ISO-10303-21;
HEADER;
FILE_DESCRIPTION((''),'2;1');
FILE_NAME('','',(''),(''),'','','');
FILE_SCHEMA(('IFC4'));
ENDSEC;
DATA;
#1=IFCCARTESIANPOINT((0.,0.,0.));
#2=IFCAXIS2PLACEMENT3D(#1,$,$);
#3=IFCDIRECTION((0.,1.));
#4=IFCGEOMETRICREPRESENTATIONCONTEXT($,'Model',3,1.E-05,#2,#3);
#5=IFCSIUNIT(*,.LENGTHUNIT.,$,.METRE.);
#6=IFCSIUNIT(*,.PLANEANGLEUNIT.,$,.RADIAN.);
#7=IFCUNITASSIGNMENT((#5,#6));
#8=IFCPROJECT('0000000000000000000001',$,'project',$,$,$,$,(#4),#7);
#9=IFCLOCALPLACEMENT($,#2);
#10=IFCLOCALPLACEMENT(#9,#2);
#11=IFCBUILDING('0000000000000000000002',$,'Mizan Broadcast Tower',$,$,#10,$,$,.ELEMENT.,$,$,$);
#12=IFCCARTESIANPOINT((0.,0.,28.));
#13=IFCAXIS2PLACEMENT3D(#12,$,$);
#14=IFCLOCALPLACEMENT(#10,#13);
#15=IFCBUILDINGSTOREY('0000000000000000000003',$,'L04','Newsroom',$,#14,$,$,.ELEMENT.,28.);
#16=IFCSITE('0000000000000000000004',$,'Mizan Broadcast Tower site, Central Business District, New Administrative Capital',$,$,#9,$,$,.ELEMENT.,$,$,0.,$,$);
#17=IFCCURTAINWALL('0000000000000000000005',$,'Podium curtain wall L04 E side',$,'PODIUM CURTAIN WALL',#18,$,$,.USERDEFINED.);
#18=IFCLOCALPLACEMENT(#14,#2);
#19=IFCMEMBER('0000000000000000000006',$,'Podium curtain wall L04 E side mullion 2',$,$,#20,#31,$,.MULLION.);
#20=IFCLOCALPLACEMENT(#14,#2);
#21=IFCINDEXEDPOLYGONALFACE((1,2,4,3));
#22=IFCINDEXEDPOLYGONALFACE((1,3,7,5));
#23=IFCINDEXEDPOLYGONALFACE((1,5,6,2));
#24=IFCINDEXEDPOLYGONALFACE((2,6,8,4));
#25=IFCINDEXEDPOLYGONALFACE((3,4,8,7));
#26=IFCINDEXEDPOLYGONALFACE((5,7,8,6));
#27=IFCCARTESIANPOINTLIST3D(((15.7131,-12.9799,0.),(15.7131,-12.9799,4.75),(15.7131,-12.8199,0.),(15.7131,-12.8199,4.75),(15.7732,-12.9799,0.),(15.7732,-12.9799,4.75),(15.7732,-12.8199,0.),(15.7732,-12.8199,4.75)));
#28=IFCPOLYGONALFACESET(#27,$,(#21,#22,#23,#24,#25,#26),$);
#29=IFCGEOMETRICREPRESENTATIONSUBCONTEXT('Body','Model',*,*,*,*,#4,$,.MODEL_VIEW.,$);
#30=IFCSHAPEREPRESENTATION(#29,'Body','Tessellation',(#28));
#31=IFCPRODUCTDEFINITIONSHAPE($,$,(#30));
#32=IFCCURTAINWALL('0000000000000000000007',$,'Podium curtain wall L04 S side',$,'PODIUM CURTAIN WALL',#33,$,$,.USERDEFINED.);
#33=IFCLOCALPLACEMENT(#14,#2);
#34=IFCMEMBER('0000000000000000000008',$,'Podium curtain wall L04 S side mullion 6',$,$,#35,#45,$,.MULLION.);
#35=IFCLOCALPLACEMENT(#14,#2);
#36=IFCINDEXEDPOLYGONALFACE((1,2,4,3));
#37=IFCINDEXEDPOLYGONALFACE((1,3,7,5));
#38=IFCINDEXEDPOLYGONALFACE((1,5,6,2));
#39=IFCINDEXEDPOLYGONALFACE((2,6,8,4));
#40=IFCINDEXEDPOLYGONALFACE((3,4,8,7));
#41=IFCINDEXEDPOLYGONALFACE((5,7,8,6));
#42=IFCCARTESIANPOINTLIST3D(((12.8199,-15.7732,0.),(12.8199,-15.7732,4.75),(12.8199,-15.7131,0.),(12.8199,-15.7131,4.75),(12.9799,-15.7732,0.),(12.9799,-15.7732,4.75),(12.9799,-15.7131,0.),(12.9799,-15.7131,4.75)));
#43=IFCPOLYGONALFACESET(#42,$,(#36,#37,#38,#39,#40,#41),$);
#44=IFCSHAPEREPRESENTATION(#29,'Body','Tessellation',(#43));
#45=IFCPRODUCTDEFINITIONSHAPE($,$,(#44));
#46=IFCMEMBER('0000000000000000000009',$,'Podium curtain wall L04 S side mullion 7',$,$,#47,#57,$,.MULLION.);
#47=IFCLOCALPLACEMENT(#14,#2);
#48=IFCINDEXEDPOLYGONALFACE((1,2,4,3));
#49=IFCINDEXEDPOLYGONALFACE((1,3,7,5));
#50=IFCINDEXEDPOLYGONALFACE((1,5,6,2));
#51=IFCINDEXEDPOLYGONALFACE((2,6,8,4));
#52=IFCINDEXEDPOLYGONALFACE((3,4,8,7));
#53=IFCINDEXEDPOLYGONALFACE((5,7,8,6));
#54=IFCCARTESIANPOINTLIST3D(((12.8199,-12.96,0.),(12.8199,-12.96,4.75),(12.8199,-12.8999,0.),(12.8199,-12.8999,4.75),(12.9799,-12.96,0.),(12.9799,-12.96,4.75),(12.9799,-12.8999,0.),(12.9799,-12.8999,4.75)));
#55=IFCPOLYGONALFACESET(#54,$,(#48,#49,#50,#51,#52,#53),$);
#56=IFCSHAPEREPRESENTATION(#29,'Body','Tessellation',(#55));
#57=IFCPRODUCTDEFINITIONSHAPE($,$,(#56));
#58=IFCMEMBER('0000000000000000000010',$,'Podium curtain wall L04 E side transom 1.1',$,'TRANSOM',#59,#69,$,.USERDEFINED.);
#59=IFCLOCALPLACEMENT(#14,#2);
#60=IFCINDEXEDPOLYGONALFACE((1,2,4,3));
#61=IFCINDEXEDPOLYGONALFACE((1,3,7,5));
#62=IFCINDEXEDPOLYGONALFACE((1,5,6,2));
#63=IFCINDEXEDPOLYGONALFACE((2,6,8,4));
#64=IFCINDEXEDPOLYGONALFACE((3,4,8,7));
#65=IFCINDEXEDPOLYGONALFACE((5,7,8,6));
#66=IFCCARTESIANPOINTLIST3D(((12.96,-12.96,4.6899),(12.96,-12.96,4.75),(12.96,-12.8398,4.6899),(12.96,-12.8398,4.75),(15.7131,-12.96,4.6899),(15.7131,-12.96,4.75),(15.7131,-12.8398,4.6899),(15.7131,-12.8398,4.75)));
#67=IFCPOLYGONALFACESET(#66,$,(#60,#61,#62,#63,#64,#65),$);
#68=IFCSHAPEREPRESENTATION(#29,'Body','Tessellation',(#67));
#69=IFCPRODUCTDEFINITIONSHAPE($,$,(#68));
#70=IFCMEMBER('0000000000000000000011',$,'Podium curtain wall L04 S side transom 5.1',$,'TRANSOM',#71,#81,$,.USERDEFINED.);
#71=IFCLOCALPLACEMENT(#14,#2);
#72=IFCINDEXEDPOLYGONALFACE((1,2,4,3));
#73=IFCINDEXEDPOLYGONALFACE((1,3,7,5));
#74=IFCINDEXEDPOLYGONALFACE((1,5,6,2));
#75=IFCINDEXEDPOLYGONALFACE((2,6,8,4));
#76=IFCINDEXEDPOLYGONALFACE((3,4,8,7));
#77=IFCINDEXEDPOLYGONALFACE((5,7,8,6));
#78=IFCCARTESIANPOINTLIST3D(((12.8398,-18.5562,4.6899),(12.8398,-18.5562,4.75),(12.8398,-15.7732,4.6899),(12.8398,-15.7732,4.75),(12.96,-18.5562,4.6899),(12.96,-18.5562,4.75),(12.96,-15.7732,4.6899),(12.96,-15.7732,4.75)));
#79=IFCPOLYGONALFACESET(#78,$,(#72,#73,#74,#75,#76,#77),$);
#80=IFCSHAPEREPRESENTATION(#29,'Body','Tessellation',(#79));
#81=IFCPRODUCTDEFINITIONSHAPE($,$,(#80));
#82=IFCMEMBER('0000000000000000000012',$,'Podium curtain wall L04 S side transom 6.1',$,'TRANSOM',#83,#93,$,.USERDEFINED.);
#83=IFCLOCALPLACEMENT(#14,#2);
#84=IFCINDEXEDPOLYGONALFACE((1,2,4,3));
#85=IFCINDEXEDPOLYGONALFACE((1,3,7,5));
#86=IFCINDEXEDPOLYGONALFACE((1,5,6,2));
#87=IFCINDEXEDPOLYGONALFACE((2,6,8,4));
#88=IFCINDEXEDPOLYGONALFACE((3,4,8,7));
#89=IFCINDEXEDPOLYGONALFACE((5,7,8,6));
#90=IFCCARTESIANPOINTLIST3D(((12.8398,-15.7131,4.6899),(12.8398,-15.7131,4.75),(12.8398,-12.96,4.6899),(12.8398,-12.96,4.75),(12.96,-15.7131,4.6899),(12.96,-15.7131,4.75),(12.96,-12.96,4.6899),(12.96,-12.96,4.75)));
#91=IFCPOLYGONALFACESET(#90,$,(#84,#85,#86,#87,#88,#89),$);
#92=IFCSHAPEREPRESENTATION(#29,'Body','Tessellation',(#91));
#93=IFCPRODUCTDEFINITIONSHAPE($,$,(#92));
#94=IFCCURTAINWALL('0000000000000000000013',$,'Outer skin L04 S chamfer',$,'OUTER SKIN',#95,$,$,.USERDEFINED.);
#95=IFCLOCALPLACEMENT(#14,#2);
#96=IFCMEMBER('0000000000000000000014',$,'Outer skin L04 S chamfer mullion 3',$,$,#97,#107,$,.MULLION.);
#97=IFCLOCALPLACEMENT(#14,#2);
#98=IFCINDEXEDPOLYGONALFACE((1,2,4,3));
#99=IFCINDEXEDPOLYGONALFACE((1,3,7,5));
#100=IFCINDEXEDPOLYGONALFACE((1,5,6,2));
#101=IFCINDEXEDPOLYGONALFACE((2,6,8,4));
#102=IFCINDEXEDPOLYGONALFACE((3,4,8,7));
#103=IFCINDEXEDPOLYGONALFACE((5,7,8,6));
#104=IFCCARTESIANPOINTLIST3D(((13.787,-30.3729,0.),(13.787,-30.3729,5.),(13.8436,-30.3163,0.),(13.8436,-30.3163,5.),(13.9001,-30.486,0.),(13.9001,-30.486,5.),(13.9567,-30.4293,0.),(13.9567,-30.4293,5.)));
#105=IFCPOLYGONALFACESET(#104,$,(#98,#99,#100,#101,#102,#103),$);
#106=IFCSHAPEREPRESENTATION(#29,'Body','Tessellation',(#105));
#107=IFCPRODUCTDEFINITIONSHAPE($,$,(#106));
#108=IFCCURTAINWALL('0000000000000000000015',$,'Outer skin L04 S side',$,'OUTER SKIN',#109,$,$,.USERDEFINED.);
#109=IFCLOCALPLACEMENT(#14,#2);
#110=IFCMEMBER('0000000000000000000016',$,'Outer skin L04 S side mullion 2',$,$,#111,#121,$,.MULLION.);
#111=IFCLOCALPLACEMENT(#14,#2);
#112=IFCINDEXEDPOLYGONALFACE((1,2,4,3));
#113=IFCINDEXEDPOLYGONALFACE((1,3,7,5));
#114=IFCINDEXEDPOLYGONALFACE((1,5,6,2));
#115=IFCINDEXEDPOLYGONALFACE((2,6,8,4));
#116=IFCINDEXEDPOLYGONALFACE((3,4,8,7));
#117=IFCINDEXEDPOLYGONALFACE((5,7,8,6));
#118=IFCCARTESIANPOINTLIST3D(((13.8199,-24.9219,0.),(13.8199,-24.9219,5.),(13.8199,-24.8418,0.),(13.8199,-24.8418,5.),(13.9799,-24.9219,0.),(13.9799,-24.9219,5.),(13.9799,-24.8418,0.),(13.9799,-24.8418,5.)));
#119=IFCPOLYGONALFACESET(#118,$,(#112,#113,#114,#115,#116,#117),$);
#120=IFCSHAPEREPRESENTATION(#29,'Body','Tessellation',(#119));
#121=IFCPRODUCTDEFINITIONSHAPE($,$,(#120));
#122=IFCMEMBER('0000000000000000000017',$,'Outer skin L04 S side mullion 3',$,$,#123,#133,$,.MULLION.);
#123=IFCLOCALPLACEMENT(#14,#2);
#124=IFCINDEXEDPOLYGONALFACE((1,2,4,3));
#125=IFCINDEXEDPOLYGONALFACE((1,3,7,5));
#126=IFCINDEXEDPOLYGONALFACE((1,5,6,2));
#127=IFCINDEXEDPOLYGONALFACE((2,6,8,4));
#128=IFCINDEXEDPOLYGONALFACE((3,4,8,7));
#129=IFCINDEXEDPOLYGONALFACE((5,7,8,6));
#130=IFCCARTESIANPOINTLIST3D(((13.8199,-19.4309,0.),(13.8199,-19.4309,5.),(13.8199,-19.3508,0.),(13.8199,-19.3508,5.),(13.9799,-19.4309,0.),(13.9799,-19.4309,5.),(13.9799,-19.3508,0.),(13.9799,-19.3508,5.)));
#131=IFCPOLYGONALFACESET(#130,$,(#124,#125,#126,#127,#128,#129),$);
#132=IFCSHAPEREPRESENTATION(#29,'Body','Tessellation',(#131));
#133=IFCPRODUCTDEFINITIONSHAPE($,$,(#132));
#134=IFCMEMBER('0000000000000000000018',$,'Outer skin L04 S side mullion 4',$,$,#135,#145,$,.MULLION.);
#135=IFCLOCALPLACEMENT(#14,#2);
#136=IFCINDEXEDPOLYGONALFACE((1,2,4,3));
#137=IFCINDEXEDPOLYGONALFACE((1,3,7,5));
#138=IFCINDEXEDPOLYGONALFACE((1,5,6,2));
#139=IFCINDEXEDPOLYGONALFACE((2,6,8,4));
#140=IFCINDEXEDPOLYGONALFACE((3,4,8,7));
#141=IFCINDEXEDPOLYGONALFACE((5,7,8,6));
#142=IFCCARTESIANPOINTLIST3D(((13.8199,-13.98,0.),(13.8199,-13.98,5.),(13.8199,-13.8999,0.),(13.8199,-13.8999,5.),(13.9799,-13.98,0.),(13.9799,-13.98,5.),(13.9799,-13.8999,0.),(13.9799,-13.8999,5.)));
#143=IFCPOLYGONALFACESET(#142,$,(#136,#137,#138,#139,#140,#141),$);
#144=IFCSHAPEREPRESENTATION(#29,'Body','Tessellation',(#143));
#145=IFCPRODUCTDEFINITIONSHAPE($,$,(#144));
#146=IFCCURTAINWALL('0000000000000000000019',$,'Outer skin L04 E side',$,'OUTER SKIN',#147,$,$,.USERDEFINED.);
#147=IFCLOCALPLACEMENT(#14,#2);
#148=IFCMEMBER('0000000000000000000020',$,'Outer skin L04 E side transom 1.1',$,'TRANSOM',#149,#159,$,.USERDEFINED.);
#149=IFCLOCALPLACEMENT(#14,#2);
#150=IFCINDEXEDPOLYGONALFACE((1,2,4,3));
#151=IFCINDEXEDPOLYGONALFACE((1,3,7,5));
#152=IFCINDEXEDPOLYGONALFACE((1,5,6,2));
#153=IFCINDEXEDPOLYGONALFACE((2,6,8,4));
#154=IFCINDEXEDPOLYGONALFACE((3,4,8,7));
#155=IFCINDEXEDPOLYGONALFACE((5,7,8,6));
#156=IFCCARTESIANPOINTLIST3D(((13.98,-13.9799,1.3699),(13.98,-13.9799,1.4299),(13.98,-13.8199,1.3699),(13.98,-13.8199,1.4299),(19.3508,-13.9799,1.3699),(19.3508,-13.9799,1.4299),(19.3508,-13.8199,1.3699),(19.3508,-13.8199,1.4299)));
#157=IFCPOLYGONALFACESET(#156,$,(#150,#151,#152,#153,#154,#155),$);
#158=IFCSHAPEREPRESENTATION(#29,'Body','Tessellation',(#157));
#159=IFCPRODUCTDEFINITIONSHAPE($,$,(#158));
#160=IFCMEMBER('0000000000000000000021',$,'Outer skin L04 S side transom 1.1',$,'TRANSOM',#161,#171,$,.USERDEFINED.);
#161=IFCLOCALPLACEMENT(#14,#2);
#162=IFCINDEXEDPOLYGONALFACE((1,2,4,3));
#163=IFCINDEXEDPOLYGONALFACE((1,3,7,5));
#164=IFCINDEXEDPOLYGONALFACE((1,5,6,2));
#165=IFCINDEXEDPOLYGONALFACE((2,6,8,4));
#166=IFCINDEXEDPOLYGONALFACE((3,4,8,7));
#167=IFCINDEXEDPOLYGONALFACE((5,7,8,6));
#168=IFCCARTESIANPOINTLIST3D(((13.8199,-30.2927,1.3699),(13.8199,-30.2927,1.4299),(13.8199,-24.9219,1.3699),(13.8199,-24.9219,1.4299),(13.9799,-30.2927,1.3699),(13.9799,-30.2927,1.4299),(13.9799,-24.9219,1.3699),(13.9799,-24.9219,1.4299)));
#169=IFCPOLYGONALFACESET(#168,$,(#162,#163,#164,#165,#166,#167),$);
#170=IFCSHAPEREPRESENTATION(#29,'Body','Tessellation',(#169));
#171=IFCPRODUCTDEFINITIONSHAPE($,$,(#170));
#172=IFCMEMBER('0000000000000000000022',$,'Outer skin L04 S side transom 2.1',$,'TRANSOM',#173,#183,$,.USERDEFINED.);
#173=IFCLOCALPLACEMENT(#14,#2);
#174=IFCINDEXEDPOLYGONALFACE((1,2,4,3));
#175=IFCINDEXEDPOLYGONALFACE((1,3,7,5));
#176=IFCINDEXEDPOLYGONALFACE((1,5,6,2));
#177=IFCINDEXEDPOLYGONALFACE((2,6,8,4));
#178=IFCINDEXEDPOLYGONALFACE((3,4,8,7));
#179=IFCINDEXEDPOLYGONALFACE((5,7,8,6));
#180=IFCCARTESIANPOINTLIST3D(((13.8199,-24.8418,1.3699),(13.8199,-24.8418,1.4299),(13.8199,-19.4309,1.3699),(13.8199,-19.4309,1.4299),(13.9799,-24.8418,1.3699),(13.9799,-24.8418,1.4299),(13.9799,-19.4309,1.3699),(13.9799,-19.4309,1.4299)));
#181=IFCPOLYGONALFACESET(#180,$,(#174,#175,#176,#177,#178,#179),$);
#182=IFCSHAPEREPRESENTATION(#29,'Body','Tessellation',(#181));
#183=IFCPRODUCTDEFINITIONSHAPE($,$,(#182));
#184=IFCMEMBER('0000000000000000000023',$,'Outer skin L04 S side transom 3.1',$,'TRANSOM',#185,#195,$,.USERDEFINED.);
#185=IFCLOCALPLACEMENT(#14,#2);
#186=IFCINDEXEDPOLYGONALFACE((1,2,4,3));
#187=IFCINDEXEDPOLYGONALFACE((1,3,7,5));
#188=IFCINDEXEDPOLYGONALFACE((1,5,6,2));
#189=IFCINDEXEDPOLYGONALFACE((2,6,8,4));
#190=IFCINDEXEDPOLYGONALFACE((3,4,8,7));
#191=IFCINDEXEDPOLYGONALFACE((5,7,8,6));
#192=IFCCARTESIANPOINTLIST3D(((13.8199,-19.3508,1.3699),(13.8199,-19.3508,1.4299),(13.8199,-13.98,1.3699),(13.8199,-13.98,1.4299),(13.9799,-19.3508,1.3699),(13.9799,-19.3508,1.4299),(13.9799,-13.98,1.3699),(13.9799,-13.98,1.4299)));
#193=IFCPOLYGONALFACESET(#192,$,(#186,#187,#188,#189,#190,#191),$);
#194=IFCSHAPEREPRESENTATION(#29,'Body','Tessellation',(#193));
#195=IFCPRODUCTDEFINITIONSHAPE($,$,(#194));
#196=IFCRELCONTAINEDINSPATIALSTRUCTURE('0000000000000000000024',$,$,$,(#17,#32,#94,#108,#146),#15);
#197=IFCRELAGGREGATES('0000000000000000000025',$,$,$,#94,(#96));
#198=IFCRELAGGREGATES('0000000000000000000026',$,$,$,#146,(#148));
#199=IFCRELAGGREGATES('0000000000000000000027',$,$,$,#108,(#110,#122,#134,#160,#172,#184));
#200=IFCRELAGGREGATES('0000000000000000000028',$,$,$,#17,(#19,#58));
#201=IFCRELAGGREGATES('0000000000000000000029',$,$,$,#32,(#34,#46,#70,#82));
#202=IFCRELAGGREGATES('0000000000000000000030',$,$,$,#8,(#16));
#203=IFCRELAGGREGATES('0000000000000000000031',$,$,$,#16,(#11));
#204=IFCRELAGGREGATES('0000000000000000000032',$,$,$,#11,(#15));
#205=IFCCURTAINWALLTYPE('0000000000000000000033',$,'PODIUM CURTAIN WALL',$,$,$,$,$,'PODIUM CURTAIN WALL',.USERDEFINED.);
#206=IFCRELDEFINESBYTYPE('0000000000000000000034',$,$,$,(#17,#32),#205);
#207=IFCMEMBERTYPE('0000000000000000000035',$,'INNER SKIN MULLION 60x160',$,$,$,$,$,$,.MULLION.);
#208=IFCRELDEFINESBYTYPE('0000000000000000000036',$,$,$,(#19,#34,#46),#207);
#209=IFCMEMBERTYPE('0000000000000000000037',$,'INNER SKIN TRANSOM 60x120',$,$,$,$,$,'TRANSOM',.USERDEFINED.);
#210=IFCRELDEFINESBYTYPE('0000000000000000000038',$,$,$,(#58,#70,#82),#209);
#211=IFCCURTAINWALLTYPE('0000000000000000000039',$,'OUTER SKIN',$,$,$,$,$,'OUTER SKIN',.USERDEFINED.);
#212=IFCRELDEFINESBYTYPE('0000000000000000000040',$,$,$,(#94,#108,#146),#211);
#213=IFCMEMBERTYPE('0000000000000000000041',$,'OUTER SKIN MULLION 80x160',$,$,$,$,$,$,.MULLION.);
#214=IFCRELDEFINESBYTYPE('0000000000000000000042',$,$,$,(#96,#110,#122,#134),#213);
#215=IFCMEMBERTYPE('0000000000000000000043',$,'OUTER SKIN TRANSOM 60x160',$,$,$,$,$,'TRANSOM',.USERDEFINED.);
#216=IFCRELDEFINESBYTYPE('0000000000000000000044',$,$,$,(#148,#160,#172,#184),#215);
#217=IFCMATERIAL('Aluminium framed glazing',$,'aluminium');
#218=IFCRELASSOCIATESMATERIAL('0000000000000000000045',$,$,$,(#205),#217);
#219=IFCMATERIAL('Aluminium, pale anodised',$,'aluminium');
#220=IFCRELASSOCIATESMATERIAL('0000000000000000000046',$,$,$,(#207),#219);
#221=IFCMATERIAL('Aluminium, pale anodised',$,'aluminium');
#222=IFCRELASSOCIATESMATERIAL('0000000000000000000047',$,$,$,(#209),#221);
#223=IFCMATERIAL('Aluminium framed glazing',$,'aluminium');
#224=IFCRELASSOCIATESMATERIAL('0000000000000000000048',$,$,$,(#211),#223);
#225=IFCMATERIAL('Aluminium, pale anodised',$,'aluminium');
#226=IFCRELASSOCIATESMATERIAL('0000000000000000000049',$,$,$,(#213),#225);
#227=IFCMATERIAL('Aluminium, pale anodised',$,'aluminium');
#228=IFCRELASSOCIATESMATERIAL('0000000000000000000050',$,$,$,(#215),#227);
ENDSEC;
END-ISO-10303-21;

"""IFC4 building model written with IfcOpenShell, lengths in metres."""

from ifc_helpers import new_model, si_unit, direction, frame, origin, origin_2d, place, context, subcontext, project, spatial, rectangle, extrude, material, material_profile, profile_set, type_object, element, aggregate, save


model = new_model("IFC4")

# Units and contexts
model_context = context("Model", 3, precision=1e-05, world=origin(), true_north=direction((0.0, 1.0)))
body_context = subcontext(model_context, "Body", "Model", "MODEL_VIEW")
ifc_project = project(units=[si_unit("LENGTHUNIT", "METRE"), si_unit("PLANEANGLEUNIT", "RADIAN")], contexts=[model_context])

# Site, building, storey
site_placement = place(None, origin())
site = spatial("IfcSite", under=ifc_project, at=site_placement, Name="Mizan Broadcast Tower site, Central Business District, New Administrative Capital", CompositionType="ELEMENT", RefElevation=0.0)
building_placement = place(site_placement, origin())
building = spatial("IfcBuilding", under=site, at=building_placement, Name="Mizan Broadcast Tower", CompositionType="ELEMENT")
storey_placement = place(building_placement, frame((0.0, 0.0, 28.0)))
storey = spatial("IfcBuildingStorey", under=building, at=storey_placement, Name="L04", Description="Newsroom", CompositionType="ELEMENT", Elevation=28.0)

# Curtain wall, member
ifc_material_1 = material(Name="Aluminium framed glazing", Category="aluminium")
curtain_wall_type_1 = type_object("IfcCurtainWallType", Name="PODIUM CURTAIN WALL", ElementType="PODIUM CURTAIN WALL", PredefinedType="USERDEFINED", material=ifc_material_1)
curtain_wall_1_placement = place(storey_placement, origin())
curtain_wall_1 = element("IfcCurtainWall", 1, at=curtain_wall_1_placement, inside=storey, type_object=curtain_wall_type_1, Name="Podium curtain wall L04 E side", ObjectType="PODIUM CURTAIN WALL", PredefinedType="USERDEFINED")
ifc_material_2 = material(Name="Aluminium, pale anodised", Category="aluminium")
ifc_material_profile_1 = material_profile(ifc_material_2, rectangle(XDim=0.1599, YDim=0.0601, at=origin_2d()), Name="MULLION 160x60")
ifc_profile_set_1 = profile_set([ifc_material_profile_1], Name="Aluminium, pale anodised")
member_type_1 = type_object("IfcMemberType", Name="INNER SKIN MULLION 60x160", PredefinedType="MULLION", material=ifc_profile_set_1)
member_1_placement = place(storey_placement, frame((15.7432, -12.8999, 0.0), z_axis=(0.0, 0.0, 1.0), x_axis=(0.0, 1.0, 0.0)))
member_1 = element("IfcMember", 2, at=member_1_placement, type_object=member_type_1, Name="Podium curtain wall L04 E side mullion 2", PredefinedType="MULLION", context=body_context, shape_type="SweptSolid", body=[
    extrude(rectangle(XDim=0.1599, YDim=0.0601, at=origin_2d()), origin(), (0.0, 0.0, 1.0), 4.75),
])

# Curtain wall, members
curtain_wall_2_placement = place(storey_placement, origin())
curtain_wall_2 = element("IfcCurtainWall", 3, at=curtain_wall_2_placement, inside=storey, type_object=curtain_wall_type_1, Name="Podium curtain wall L04 S side", ObjectType="PODIUM CURTAIN WALL", PredefinedType="USERDEFINED")
member_2_placement = place(storey_placement, frame((12.8999, -15.7432, 0.0), z_axis=(0.0, 0.0, 1.0), x_axis=(-1.0, 0.0, 0.0)))
member_2 = element("IfcMember", 4, at=member_2_placement, type_object=member_type_1, Name="Podium curtain wall L04 S side mullion 6", PredefinedType="MULLION", context=body_context, shape_type="SweptSolid", body=[
    extrude(rectangle(XDim=0.1599, YDim=0.0601, at=origin_2d()), origin(), (0.0, 0.0, 1.0), 4.75),
])
member_3_placement = place(storey_placement, frame((12.8999, -12.9299, 0.0), z_axis=(0.0, 0.0, 1.0), x_axis=(-1.0, 0.0, 0.0)))
member_3 = element("IfcMember", 5, at=member_3_placement, type_object=member_type_1, Name="Podium curtain wall L04 S side mullion 7", PredefinedType="MULLION", context=body_context, shape_type="SweptSolid", body=[
    extrude(rectangle(XDim=0.1599, YDim=0.0601, at=origin_2d()), origin(), (0.0, 0.0, 1.0), 4.75),
])

# Members
ifc_material_3 = material(Name="Aluminium, pale anodised", Category="aluminium")
ifc_material_profile_2 = material_profile(ifc_material_3, rectangle(XDim=0.1201, YDim=0.0601, at=origin_2d()), Name="TRANSOM 120x60")
ifc_profile_set_2 = profile_set([ifc_material_profile_2], Name="Aluminium, pale anodised")
member_type_2 = type_object("IfcMemberType", Name="INNER SKIN TRANSOM 60x120", ElementType="TRANSOM", PredefinedType="USERDEFINED", material=ifc_profile_set_2)
member_4_placement = place(storey_placement, frame((12.96, -12.8999, 4.72), z_axis=(1.0, 0.0, 0.0), x_axis=(0.0, 1.0, 0.0)))
member_4 = element("IfcMember", 6, at=member_4_placement, type_object=member_type_2, Name="Podium curtain wall L04 E side transom 1.1", ObjectType="TRANSOM", PredefinedType="USERDEFINED", context=body_context, shape_type="SweptSolid", body=[
    extrude(rectangle(XDim=0.1201, YDim=0.0601, at=origin_2d()), origin(), (0.0, 0.0, 1.0), 2.7532),
])
member_5_placement = place(storey_placement, frame((12.8999, -18.5562, 4.72), z_axis=(0.0, 1.0, 0.0), x_axis=(-1.0, 0.0, 0.0)))
member_5 = element("IfcMember", 7, at=member_5_placement, type_object=member_type_2, Name="Podium curtain wall L04 S side transom 5.1", ObjectType="TRANSOM", PredefinedType="USERDEFINED", context=body_context, shape_type="SweptSolid", body=[
    extrude(rectangle(XDim=0.1201, YDim=0.0601, at=origin_2d()), origin(), (0.0, 0.0, 1.0), 2.783),
])
member_6_placement = place(storey_placement, frame((12.8999, -15.7131, 4.72), z_axis=(0.0, 1.0, 0.0), x_axis=(-1.0, 0.0, 0.0)))
member_6 = element("IfcMember", 8, at=member_6_placement, type_object=member_type_2, Name="Podium curtain wall L04 S side transom 6.1", ObjectType="TRANSOM", PredefinedType="USERDEFINED", context=body_context, shape_type="SweptSolid", body=[
    extrude(rectangle(XDim=0.1201, YDim=0.0601, at=origin_2d()), origin(), (0.0, 0.0, 1.0), 2.7532),
])

# Curtain wall, member
ifc_material_4 = material(Name="Aluminium framed glazing", Category="aluminium")
curtain_wall_type_2 = type_object("IfcCurtainWallType", Name="OUTER SKIN", ElementType="OUTER SKIN", PredefinedType="USERDEFINED", material=ifc_material_4)
curtain_wall_3_placement = place(storey_placement, origin())
curtain_wall_3 = element("IfcCurtainWall", 9, at=curtain_wall_3_placement, inside=storey, type_object=curtain_wall_type_2, Name="Outer skin L04 S chamfer", ObjectType="OUTER SKIN", PredefinedType="USERDEFINED")
ifc_material_5 = material(Name="Aluminium, pale anodised", Category="aluminium")
ifc_material_profile_3 = material_profile(ifc_material_5, rectangle(XDim=0.1599, YDim=0.0801, at=origin_2d()), Name="MULLION 160x80")
ifc_profile_set_3 = profile_set([ifc_material_profile_3], Name="Aluminium, pale anodised")
member_type_3 = type_object("IfcMemberType", Name="OUTER SKIN MULLION 80x160", PredefinedType="MULLION", material=ifc_profile_set_3)
member_7_placement = place(storey_placement, frame((13.8718, -30.4011, 0.0), z_axis=(0.0, 0.0, 1.0), x_axis=(-0.707107, 0.707107, 0.0)))
member_7 = element("IfcMember", 10, at=member_7_placement, type_object=member_type_3, Name="Outer skin L04 S chamfer mullion 3", PredefinedType="MULLION", context=body_context, shape_type="SweptSolid", body=[
    extrude(rectangle(XDim=0.1599, YDim=0.0801, at=origin_2d()), origin(), (0.0, 0.0, 1.0), 5.0),
])
aggregate(curtain_wall_3, [member_7])

# Curtain wall, members
curtain_wall_4_placement = place(storey_placement, origin())
curtain_wall_4 = element("IfcCurtainWall", 11, at=curtain_wall_4_placement, inside=storey, type_object=curtain_wall_type_2, Name="Outer skin L04 S side", ObjectType="OUTER SKIN", PredefinedType="USERDEFINED")
member_8_placement = place(storey_placement, frame((13.8999, -24.8818, 0.0), z_axis=(0.0, 0.0, 1.0), x_axis=(-1.0, 0.0, 0.0)))
member_8 = element("IfcMember", 12, at=member_8_placement, type_object=member_type_3, Name="Outer skin L04 S side mullion 2", PredefinedType="MULLION", context=body_context, shape_type="SweptSolid", body=[
    extrude(rectangle(XDim=0.1599, YDim=0.0801, at=origin_2d()), origin(), (0.0, 0.0, 1.0), 5.0),
])
member_9_placement = place(storey_placement, frame((13.8999, -19.3909, 0.0), z_axis=(0.0, 0.0, 1.0), x_axis=(-1.0, 0.0, 0.0)))
member_9 = element("IfcMember", 13, at=member_9_placement, type_object=member_type_3, Name="Outer skin L04 S side mullion 3", PredefinedType="MULLION", context=body_context, shape_type="SweptSolid", body=[
    extrude(rectangle(XDim=0.1599, YDim=0.0801, at=origin_2d()), origin(), (0.0, 0.0, 1.0), 5.0),
])
member_10_placement = place(storey_placement, frame((13.8999, -13.9399, 0.0), z_axis=(0.0, 0.0, 1.0), x_axis=(-1.0, 0.0, 0.0)))
member_10 = element("IfcMember", 14, at=member_10_placement, type_object=member_type_3, Name="Outer skin L04 S side mullion 4", PredefinedType="MULLION", context=body_context, shape_type="SweptSolid", body=[
    extrude(rectangle(XDim=0.1599, YDim=0.0801, at=origin_2d()), origin(), (0.0, 0.0, 1.0), 5.0),
])

# Curtain wall, member
curtain_wall_5_placement = place(storey_placement, origin())
curtain_wall_5 = element("IfcCurtainWall", 15, at=curtain_wall_5_placement, inside=storey, type_object=curtain_wall_type_2, Name="Outer skin L04 E side", ObjectType="OUTER SKIN", PredefinedType="USERDEFINED")
ifc_material_6 = material(Name="Aluminium, pale anodised", Category="aluminium")
ifc_material_profile_4 = material_profile(ifc_material_6, rectangle(XDim=0.1599, YDim=0.0601, at=origin_2d()), Name="TRANSOM 160x60")
ifc_profile_set_4 = profile_set([ifc_material_profile_4], Name="Aluminium, pale anodised")
member_type_4 = type_object("IfcMemberType", Name="OUTER SKIN TRANSOM 60x160", ElementType="TRANSOM", PredefinedType="USERDEFINED", material=ifc_profile_set_4)
member_11_placement = place(storey_placement, frame((13.98, -13.8999, 1.3999), z_axis=(1.0, 0.0, 0.0), x_axis=(0.0, 1.0, 0.0)))
member_11 = element("IfcMember", 16, at=member_11_placement, type_object=member_type_4, Name="Outer skin L04 E side transom 1.1", ObjectType="TRANSOM", PredefinedType="USERDEFINED", context=body_context, shape_type="SweptSolid", body=[
    extrude(rectangle(XDim=0.1599, YDim=0.0601, at=origin_2d()), origin(), (0.0, 0.0, 1.0), 5.3708),
])
aggregate(curtain_wall_5, [member_11])

# Members
member_12_placement = place(storey_placement, frame((13.8999, -30.2927, 1.3999), z_axis=(0.0, 1.0, 0.0), x_axis=(-1.0, 0.0, 0.0)))
member_12 = element("IfcMember", 17, at=member_12_placement, type_object=member_type_4, Name="Outer skin L04 S side transom 1.1", ObjectType="TRANSOM", PredefinedType="USERDEFINED", context=body_context, shape_type="SweptSolid", body=[
    extrude(rectangle(XDim=0.1599, YDim=0.0601, at=origin_2d()), origin(), (0.0, 0.0, 1.0), 5.3708),
])
member_13_placement = place(storey_placement, frame((13.8999, -24.8418, 1.3999), z_axis=(0.0, 1.0, 0.0), x_axis=(-1.0, 0.0, 0.0)))
member_13 = element("IfcMember", 18, at=member_13_placement, type_object=member_type_4, Name="Outer skin L04 S side transom 2.1", ObjectType="TRANSOM", PredefinedType="USERDEFINED", context=body_context, shape_type="SweptSolid", body=[
    extrude(rectangle(XDim=0.1599, YDim=0.0601, at=origin_2d()), origin(), (0.0, 0.0, 1.0), 5.4109),
])
member_14_placement = place(storey_placement, frame((13.8999, -19.3508, 1.3999), z_axis=(0.0, 1.0, 0.0), x_axis=(-1.0, 0.0, 0.0)))
member_14 = element("IfcMember", 19, at=member_14_placement, type_object=member_type_4, Name="Outer skin L04 S side transom 3.1", ObjectType="TRANSOM", PredefinedType="USERDEFINED", context=body_context, shape_type="SweptSolid", body=[
    extrude(rectangle(XDim=0.1599, YDim=0.0601, at=origin_2d()), origin(), (0.0, 0.0, 1.0), 5.3708),
])

aggregate(curtain_wall_4, [member_8, member_9, member_10, member_12, member_13, member_14])
aggregate(curtain_wall_1, [member_1, member_4])
aggregate(curtain_wall_2, [member_2, member_3, member_5, member_6])

save(model, "model.ifc")
